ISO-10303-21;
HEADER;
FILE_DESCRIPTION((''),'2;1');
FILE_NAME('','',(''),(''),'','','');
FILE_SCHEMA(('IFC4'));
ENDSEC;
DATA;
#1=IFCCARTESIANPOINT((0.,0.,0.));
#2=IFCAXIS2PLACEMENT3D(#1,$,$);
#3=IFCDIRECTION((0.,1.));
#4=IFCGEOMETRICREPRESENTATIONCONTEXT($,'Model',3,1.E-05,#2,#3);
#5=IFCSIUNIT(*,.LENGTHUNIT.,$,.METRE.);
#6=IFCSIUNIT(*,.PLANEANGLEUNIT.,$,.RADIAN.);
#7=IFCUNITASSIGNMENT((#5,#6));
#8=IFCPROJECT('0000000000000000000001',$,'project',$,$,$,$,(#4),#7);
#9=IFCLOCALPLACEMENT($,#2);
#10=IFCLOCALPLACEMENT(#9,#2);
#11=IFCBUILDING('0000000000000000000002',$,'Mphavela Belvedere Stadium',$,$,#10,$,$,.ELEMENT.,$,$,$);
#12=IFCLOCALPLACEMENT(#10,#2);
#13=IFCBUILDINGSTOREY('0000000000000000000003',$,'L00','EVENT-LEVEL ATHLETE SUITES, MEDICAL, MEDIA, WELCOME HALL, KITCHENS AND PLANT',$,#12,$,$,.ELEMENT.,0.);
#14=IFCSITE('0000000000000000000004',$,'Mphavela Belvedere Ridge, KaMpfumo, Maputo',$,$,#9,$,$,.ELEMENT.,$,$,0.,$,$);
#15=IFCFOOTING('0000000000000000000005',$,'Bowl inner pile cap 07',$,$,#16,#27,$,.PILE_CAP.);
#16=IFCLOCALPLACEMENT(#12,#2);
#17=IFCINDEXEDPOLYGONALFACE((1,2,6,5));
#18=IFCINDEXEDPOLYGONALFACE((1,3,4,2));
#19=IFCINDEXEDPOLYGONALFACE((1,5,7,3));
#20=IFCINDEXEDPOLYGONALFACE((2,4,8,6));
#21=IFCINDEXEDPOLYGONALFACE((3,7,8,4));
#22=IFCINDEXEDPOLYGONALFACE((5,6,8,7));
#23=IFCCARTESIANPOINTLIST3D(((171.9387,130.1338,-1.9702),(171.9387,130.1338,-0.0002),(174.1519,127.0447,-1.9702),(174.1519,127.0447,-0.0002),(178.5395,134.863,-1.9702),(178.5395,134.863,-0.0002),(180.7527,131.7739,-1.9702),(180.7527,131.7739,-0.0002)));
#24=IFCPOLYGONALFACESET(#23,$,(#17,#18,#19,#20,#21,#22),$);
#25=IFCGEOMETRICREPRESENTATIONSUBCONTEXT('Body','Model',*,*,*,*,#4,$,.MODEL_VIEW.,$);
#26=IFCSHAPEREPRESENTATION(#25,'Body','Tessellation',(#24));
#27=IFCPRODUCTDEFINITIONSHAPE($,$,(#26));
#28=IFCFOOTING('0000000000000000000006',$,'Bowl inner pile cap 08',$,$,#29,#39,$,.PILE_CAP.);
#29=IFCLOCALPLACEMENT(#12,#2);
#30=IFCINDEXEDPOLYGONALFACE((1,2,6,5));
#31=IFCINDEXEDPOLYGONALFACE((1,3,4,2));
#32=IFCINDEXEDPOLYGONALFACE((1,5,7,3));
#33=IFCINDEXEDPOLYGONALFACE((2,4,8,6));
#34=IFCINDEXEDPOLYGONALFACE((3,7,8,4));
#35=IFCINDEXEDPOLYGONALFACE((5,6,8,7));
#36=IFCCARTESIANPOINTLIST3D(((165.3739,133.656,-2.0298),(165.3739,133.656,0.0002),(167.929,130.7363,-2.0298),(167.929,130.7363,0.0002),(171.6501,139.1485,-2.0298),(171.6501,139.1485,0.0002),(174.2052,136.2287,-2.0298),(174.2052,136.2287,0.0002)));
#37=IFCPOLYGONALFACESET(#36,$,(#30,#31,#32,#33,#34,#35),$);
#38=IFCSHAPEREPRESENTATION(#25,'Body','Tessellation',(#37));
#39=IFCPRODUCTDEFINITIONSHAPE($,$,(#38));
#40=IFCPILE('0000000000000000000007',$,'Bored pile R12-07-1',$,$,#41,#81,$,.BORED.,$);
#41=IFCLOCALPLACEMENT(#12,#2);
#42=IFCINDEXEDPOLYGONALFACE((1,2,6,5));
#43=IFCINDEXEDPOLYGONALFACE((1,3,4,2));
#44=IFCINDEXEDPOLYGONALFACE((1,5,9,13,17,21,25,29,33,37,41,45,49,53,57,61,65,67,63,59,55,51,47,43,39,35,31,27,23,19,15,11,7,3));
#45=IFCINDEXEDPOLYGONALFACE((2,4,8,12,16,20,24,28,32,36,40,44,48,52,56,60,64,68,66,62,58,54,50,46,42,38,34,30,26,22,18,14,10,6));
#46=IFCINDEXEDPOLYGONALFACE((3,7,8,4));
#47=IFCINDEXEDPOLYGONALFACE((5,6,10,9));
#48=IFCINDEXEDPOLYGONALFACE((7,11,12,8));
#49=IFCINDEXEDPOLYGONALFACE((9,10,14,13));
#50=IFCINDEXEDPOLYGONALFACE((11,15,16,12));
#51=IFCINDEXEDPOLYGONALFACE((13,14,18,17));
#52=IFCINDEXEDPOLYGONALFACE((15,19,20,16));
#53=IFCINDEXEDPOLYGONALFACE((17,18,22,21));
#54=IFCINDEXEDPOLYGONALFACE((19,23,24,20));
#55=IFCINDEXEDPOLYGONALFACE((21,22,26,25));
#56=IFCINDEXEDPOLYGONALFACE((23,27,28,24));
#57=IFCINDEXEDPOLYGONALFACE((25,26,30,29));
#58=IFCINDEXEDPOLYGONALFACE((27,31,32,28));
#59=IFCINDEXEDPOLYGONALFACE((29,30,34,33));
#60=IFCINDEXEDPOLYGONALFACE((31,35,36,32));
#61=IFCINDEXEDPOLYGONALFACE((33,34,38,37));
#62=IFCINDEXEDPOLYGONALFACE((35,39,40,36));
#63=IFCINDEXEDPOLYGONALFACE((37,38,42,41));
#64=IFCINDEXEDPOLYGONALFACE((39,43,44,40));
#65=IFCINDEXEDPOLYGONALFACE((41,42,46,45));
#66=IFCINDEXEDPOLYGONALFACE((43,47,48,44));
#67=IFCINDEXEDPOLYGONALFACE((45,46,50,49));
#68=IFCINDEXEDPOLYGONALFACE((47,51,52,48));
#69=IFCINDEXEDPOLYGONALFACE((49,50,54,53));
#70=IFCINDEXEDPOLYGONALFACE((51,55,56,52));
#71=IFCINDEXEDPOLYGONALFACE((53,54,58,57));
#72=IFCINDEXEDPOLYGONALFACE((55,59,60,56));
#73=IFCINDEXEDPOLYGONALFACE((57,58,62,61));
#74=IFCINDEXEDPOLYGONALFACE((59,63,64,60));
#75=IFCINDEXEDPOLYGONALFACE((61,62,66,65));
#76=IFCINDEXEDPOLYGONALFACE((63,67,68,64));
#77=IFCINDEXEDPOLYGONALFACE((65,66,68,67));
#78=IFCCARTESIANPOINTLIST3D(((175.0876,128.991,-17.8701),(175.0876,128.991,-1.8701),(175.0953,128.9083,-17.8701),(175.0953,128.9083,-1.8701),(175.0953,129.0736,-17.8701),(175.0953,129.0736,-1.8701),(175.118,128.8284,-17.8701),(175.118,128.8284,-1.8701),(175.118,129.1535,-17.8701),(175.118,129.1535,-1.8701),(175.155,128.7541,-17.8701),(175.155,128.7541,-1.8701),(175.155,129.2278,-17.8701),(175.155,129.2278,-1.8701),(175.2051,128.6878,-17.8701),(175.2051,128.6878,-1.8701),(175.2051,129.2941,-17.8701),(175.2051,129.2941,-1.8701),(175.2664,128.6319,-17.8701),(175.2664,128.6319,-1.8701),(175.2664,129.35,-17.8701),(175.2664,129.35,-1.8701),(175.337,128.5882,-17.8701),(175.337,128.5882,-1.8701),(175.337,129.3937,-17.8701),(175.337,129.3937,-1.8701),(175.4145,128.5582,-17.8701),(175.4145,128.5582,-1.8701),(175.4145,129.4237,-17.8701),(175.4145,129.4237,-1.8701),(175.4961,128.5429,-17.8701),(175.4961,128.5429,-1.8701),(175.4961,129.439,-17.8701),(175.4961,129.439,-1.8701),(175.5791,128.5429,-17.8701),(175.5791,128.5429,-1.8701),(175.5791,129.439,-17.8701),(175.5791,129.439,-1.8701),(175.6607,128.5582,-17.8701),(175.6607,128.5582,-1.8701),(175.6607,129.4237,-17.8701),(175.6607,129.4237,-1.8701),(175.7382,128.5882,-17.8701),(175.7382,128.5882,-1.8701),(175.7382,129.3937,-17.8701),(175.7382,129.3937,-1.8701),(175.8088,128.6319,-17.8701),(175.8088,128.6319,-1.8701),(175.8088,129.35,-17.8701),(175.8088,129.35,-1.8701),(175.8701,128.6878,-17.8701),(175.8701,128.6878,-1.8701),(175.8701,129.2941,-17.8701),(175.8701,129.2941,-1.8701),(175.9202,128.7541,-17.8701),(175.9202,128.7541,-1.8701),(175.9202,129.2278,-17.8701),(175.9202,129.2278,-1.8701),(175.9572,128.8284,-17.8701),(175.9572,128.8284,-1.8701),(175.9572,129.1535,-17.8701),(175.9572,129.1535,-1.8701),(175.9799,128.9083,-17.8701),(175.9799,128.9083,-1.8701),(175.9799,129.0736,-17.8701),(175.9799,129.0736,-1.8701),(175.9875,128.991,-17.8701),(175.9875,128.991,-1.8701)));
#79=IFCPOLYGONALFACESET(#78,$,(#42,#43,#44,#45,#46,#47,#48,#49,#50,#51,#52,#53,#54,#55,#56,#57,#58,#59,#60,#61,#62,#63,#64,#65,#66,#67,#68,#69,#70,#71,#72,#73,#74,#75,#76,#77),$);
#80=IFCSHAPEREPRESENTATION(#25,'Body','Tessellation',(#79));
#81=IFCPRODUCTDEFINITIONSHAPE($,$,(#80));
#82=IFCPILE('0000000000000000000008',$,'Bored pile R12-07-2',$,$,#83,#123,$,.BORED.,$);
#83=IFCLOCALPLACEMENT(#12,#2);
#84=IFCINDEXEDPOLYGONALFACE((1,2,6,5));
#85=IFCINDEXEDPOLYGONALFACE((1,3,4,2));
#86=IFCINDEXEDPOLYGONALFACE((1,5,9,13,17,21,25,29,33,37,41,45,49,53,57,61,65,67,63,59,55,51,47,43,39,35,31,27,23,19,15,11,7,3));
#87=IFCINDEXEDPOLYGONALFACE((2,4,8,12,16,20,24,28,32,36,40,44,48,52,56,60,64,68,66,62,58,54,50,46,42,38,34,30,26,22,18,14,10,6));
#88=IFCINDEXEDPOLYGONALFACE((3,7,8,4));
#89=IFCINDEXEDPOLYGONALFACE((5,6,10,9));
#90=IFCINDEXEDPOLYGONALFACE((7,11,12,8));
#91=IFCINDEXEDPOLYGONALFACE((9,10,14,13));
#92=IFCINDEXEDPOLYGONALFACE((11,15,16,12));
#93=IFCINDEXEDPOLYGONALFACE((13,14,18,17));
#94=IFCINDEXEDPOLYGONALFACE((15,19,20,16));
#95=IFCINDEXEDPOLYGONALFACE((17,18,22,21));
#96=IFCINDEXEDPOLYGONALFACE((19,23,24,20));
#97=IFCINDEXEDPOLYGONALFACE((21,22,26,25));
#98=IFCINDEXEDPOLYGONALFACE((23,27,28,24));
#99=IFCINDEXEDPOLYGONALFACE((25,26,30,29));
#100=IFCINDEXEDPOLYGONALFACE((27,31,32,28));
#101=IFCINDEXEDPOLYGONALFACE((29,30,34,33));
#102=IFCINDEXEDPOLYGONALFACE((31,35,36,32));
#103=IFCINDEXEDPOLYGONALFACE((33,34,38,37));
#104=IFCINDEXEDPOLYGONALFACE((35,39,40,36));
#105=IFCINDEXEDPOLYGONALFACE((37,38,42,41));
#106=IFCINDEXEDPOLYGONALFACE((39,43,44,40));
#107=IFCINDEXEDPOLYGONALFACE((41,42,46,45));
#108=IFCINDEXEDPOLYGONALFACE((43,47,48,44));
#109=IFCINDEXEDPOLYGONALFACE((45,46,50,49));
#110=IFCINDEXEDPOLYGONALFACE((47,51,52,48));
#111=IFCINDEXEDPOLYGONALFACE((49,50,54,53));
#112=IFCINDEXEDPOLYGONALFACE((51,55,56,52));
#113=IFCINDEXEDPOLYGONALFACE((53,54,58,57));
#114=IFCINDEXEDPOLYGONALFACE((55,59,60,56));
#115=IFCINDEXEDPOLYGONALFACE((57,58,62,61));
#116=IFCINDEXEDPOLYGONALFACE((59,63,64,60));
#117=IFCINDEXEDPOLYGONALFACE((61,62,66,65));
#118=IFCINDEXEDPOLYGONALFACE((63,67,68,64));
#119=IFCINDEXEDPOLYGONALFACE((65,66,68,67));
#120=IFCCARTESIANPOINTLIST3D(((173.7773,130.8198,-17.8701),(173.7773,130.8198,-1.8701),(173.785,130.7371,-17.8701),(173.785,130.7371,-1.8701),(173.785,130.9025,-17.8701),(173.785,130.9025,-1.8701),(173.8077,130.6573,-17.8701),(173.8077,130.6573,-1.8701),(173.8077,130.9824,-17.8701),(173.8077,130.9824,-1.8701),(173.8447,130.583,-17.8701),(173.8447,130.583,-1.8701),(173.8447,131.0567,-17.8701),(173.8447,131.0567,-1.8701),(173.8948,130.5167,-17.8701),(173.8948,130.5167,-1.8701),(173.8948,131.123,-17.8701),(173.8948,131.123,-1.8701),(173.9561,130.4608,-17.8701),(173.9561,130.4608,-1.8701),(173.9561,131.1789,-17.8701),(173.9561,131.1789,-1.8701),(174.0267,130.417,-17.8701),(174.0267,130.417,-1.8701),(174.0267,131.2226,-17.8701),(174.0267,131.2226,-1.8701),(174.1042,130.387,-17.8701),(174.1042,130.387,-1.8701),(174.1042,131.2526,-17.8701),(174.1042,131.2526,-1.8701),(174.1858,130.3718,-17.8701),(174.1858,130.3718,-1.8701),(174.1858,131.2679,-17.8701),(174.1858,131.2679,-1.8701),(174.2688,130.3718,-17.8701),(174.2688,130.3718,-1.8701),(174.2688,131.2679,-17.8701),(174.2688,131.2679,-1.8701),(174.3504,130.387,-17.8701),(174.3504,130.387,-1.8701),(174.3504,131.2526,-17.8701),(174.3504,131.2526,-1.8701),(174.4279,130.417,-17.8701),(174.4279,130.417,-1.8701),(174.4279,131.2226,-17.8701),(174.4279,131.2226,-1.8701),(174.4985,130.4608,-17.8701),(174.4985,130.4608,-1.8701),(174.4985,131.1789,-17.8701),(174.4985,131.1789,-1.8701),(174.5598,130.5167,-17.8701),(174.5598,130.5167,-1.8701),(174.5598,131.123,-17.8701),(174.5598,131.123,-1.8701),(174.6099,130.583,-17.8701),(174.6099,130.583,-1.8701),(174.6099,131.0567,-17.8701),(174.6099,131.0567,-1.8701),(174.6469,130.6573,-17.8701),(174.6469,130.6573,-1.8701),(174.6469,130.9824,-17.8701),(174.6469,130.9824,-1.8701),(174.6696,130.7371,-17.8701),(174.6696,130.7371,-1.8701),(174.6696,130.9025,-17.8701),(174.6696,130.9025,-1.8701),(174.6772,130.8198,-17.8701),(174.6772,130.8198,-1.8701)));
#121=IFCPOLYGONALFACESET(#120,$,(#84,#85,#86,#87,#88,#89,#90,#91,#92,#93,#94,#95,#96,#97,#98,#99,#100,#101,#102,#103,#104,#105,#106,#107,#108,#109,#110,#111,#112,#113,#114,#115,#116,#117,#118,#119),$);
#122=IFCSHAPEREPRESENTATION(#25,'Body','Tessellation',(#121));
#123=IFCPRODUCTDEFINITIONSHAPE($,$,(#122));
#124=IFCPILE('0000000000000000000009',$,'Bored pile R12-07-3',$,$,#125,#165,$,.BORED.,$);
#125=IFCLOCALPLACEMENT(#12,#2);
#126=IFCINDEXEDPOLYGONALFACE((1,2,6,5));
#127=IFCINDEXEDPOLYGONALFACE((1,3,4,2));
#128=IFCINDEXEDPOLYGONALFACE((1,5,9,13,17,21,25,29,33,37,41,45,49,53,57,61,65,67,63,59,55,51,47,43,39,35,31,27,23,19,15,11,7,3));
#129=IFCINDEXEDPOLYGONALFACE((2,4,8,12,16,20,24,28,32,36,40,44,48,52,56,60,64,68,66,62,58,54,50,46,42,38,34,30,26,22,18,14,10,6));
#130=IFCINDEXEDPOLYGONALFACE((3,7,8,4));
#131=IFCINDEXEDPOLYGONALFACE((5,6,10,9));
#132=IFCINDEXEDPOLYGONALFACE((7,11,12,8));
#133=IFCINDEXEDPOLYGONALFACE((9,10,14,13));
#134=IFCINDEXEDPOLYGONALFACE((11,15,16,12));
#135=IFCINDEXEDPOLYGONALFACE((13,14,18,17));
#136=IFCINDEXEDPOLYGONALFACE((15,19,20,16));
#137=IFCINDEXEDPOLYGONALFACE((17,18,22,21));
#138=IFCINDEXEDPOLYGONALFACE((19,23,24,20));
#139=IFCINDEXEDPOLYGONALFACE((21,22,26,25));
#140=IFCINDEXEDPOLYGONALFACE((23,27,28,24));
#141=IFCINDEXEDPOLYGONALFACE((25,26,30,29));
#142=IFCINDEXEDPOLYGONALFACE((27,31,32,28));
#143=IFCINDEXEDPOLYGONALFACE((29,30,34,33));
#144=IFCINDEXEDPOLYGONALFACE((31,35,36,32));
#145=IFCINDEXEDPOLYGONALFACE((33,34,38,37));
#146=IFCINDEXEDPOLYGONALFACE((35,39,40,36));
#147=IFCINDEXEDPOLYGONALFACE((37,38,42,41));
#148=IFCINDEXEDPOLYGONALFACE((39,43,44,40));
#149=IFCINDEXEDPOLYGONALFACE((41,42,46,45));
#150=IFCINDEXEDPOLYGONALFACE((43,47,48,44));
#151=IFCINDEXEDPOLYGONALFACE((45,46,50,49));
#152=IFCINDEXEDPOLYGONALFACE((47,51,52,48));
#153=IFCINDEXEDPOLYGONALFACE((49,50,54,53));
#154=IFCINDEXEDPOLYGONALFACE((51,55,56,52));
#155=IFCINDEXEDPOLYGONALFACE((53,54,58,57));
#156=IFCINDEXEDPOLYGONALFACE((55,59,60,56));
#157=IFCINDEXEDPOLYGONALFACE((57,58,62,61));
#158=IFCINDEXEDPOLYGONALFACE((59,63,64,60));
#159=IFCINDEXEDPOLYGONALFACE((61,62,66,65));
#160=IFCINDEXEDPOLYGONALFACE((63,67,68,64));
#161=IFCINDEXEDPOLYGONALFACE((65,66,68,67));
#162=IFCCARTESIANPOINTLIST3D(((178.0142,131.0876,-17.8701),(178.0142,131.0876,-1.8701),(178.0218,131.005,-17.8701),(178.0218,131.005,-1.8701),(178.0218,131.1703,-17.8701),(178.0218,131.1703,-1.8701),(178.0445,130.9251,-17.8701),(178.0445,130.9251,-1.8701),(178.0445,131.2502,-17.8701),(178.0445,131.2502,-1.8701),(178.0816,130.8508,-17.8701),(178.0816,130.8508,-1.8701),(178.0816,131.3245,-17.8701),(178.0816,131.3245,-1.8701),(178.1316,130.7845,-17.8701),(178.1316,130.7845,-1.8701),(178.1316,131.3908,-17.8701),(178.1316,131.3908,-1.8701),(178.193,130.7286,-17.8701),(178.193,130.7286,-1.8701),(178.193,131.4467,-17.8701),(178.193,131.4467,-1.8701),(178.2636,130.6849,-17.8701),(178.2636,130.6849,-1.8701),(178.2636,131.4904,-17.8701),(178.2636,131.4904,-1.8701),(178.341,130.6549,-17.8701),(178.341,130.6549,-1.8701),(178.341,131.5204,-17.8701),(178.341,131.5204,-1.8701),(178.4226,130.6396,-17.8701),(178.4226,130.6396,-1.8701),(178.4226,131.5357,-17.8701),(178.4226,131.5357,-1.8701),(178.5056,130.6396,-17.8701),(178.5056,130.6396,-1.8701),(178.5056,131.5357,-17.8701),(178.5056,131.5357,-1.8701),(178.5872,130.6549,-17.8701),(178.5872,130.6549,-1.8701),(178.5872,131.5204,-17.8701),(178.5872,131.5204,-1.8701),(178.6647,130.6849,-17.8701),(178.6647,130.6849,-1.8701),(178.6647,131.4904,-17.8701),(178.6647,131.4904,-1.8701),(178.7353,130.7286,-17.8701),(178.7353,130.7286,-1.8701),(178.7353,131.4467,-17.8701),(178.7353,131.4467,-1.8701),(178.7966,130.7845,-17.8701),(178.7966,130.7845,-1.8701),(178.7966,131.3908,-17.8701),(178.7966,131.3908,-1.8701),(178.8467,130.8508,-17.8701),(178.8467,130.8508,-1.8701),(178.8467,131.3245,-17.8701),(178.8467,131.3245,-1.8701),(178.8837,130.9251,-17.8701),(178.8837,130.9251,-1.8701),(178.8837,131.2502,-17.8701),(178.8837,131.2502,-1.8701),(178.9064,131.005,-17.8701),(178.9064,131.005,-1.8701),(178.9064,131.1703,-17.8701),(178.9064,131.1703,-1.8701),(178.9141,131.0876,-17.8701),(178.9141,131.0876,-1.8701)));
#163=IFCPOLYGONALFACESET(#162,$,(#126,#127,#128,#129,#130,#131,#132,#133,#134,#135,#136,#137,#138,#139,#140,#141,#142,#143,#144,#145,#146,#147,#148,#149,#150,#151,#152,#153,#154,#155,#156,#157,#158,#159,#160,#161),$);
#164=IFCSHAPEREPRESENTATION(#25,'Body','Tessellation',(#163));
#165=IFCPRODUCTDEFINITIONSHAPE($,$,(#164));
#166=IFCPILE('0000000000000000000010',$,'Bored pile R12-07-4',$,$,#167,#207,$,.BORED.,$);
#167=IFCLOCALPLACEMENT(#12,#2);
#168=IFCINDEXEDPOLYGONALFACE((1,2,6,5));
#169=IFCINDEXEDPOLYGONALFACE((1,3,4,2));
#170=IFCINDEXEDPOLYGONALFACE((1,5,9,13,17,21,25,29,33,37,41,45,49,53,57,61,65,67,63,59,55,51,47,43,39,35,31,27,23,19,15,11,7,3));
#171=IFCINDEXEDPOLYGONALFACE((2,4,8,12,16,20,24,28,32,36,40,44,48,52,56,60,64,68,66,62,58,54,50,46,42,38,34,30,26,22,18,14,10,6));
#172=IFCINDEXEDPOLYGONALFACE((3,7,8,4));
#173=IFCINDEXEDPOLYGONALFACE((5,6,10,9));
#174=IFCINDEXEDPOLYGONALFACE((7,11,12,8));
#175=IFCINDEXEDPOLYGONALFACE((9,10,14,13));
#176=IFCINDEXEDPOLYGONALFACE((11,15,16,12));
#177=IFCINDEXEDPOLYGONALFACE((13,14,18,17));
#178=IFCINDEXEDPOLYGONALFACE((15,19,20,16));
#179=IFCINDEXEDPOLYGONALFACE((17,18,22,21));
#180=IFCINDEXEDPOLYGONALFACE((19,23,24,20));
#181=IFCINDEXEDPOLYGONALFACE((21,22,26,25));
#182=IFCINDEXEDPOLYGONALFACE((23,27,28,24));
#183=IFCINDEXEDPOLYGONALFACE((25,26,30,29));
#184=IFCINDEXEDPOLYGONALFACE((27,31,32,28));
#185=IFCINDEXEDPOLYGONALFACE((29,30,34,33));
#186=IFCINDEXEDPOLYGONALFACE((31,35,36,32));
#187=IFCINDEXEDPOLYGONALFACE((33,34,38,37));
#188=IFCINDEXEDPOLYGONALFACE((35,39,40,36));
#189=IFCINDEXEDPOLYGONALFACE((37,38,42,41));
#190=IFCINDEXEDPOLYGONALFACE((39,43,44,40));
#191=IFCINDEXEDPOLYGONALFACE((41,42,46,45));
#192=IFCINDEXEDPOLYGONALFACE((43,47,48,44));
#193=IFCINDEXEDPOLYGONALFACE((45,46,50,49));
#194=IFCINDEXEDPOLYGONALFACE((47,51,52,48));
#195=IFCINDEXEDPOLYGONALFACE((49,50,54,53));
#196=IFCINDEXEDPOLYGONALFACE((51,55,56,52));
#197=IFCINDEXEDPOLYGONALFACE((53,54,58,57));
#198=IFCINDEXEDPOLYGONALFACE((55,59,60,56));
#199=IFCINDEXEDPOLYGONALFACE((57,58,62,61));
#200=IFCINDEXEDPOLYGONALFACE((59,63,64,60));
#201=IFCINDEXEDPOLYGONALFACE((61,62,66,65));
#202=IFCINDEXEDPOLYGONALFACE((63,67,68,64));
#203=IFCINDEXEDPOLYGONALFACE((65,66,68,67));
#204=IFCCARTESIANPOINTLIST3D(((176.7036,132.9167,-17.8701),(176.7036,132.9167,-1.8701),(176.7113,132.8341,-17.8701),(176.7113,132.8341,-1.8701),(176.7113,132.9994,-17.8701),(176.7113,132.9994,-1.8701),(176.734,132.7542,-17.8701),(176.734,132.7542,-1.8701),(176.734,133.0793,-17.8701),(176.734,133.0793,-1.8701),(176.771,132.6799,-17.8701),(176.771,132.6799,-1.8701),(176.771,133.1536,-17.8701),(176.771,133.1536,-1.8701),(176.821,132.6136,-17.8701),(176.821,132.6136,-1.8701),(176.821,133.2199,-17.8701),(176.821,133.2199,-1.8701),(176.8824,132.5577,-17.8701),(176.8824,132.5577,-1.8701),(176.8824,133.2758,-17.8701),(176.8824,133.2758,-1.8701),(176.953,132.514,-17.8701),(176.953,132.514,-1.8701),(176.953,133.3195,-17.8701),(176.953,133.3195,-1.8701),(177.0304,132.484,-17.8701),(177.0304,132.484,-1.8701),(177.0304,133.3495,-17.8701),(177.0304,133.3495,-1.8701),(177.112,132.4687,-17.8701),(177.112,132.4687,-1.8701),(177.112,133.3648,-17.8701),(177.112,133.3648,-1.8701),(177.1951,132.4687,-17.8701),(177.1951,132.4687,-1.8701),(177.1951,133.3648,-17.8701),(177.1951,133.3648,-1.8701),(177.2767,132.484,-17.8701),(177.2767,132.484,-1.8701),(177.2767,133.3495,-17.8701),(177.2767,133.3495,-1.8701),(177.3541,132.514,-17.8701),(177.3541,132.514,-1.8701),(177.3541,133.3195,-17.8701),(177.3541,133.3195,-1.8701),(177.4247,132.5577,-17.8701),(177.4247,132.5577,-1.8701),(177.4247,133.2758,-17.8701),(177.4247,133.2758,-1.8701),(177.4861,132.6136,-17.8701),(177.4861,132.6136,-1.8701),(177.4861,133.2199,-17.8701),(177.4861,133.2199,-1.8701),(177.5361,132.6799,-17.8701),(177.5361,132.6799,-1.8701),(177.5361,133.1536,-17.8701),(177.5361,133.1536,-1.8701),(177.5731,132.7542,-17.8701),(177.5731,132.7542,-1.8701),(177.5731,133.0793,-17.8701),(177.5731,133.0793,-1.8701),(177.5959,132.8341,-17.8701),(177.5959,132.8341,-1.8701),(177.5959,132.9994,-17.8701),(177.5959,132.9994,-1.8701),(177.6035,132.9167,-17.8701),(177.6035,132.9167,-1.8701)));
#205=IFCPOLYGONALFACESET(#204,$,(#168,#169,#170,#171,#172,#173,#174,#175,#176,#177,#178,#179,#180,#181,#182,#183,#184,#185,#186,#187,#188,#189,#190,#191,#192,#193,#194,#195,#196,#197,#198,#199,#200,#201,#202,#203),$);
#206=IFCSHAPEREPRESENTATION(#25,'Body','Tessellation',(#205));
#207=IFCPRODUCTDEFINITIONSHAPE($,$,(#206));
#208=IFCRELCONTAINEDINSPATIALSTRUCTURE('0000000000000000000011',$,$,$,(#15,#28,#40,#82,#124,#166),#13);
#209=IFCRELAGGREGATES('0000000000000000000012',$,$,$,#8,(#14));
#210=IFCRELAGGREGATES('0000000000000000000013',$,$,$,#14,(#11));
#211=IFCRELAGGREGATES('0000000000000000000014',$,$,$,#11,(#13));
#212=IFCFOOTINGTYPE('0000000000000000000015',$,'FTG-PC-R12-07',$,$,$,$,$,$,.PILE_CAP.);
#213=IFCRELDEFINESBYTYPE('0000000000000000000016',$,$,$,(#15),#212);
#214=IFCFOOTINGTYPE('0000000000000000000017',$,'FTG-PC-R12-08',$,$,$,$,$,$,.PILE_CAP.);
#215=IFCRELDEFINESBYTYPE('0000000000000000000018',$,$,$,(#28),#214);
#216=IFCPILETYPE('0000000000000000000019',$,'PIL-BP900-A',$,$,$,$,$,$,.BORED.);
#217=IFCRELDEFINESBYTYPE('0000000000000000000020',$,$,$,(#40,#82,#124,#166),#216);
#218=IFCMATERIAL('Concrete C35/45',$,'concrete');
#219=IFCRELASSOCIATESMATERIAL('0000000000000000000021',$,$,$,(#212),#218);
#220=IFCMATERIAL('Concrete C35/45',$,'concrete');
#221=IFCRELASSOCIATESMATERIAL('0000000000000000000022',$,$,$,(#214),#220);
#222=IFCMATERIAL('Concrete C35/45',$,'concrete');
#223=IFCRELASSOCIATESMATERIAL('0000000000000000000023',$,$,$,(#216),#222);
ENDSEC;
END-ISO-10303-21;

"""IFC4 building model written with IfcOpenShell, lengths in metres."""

from ifc_helpers import new_model, si_unit, direction, frame, origin, origin_2d, place, context, subcontext, project, spatial, rectangle, circle, extrude, material, material_profile, profile_set, type_object, element, save


model = new_model("IFC4")

# Units and contexts
model_context = context("Model", 3, precision=1e-05, world=origin(), true_north=direction((0.0, 1.0)))
body_context = subcontext(model_context, "Body", "Model", "MODEL_VIEW")
ifc_project = project(units=[si_unit("LENGTHUNIT", "METRE"), si_unit("PLANEANGLEUNIT", "RADIAN")], contexts=[model_context])

# Site, building, storey
site_placement = place(None, origin())
site = spatial("IfcSite", under=ifc_project, at=site_placement, Name="Mphavela Belvedere Ridge, KaMpfumo, Maputo", CompositionType="ELEMENT", RefElevation=0.0)
building_placement = place(site_placement, origin())
building = spatial("IfcBuilding", under=site, at=building_placement, Name="Mphavela Belvedere Stadium", CompositionType="ELEMENT")
storey_placement = place(building_placement, origin())
storey = spatial("IfcBuildingStorey", under=building, at=storey_placement, Name="L00", Description="EVENT-LEVEL ATHLETE SUITES, MEDICAL, MEDIA, WELCOME HALL, KITCHENS AND PLANT", CompositionType="ELEMENT", Elevation=0.0)

# Footings
ifc_material_1 = material(Name="Concrete C35/45", Category="concrete")
footing_type_1 = type_object("IfcFootingType", Name="FTG-PC-R12-07", PredefinedType="PILE_CAP", material=ifc_material_1)
footing_1_placement = place(storey_placement, frame((176.3457, 130.9539, -1.9702), z_axis=(0.0, 0.0, 1.0), x_axis=(0.812898, 0.582407, 0.0)))
element("IfcFooting", 1, at=footing_1_placement, inside=storey, type_object=footing_type_1, Name="Bowl inner pile cap 07", PredefinedType="PILE_CAP", context=body_context, shape_type="SweptSolid", body=[
    extrude(rectangle(XDim=8.1201, YDim=3.8, at=origin_2d()), origin(), (0.0, 0.0, 1.0), 1.97),
])
ifc_material_2 = material(Name="Concrete C35/45", Category="concrete")
footing_type_2 = type_object("IfcFootingType", Name="FTG-PC-R12-08", PredefinedType="PILE_CAP", material=ifc_material_2)
footing_2_placement = place(storey_placement, frame((169.7896, 134.9424, -2.0298), z_axis=(0.0, 0.0, 1.0), x_axis=(0.75253, 0.658558, 0.0)))
element("IfcFooting", 2, at=footing_2_placement, inside=storey, type_object=footing_type_2, Name="Bowl inner pile cap 08", PredefinedType="PILE_CAP", context=body_context, shape_type="SweptSolid", body=[
    extrude(rectangle(XDim=8.3401, YDim=3.8799, at=origin_2d()), origin(), (0.0, 0.0, 1.0), 2.03),
])

# Piles
ifc_material_3 = material(Name="Concrete C35/45", Category="concrete")
ifc_material_profile_1 = material_profile(ifc_material_3, circle(Radius=0.45, at=origin_2d()), Name="BP D900")
ifc_profile_set_1 = profile_set([ifc_material_profile_1], Name="Concrete C35/45")
pile_type_1 = type_object("IfcPileType", Name="PIL-BP900-A", PredefinedType="BORED", material=ifc_profile_set_1)
for number, where, z_axis, x_axis, name in (
    (3, (175.5376, 128.991, -1.8701), (0.0, 0.0, -1.0), (1.0, 0.0, 0.0), "Bored pile R12-07-1"),
    (4, (174.2273, 130.8198, -1.8701), (0.0, 0.0, -1.0), (1.0, 0.0, 0.0), "Bored pile R12-07-2"),
    (5, (178.4641, 131.0876, -1.8701), (0.0, 0.0, -1.0), (1.0, 0.0, 0.0), "Bored pile R12-07-3"),
    (6, (177.1536, 132.9167, -1.8701), (0.0, 0.0, -1.0), (1.0, 0.0, 0.0), "Bored pile R12-07-4"),
):
    element("IfcPile", number, at=place(storey_placement, frame(where, z_axis=z_axis, x_axis=x_axis)), inside=storey, type_object=pile_type_1, Name=name, PredefinedType="BORED", context=body_context, shape_type="SweptSolid", body=[
        extrude(circle(Radius=0.45, at=origin_2d()), origin(), (0.0, 0.0, 1.0), 16.0),
    ])

save(model, "model.ifc")
